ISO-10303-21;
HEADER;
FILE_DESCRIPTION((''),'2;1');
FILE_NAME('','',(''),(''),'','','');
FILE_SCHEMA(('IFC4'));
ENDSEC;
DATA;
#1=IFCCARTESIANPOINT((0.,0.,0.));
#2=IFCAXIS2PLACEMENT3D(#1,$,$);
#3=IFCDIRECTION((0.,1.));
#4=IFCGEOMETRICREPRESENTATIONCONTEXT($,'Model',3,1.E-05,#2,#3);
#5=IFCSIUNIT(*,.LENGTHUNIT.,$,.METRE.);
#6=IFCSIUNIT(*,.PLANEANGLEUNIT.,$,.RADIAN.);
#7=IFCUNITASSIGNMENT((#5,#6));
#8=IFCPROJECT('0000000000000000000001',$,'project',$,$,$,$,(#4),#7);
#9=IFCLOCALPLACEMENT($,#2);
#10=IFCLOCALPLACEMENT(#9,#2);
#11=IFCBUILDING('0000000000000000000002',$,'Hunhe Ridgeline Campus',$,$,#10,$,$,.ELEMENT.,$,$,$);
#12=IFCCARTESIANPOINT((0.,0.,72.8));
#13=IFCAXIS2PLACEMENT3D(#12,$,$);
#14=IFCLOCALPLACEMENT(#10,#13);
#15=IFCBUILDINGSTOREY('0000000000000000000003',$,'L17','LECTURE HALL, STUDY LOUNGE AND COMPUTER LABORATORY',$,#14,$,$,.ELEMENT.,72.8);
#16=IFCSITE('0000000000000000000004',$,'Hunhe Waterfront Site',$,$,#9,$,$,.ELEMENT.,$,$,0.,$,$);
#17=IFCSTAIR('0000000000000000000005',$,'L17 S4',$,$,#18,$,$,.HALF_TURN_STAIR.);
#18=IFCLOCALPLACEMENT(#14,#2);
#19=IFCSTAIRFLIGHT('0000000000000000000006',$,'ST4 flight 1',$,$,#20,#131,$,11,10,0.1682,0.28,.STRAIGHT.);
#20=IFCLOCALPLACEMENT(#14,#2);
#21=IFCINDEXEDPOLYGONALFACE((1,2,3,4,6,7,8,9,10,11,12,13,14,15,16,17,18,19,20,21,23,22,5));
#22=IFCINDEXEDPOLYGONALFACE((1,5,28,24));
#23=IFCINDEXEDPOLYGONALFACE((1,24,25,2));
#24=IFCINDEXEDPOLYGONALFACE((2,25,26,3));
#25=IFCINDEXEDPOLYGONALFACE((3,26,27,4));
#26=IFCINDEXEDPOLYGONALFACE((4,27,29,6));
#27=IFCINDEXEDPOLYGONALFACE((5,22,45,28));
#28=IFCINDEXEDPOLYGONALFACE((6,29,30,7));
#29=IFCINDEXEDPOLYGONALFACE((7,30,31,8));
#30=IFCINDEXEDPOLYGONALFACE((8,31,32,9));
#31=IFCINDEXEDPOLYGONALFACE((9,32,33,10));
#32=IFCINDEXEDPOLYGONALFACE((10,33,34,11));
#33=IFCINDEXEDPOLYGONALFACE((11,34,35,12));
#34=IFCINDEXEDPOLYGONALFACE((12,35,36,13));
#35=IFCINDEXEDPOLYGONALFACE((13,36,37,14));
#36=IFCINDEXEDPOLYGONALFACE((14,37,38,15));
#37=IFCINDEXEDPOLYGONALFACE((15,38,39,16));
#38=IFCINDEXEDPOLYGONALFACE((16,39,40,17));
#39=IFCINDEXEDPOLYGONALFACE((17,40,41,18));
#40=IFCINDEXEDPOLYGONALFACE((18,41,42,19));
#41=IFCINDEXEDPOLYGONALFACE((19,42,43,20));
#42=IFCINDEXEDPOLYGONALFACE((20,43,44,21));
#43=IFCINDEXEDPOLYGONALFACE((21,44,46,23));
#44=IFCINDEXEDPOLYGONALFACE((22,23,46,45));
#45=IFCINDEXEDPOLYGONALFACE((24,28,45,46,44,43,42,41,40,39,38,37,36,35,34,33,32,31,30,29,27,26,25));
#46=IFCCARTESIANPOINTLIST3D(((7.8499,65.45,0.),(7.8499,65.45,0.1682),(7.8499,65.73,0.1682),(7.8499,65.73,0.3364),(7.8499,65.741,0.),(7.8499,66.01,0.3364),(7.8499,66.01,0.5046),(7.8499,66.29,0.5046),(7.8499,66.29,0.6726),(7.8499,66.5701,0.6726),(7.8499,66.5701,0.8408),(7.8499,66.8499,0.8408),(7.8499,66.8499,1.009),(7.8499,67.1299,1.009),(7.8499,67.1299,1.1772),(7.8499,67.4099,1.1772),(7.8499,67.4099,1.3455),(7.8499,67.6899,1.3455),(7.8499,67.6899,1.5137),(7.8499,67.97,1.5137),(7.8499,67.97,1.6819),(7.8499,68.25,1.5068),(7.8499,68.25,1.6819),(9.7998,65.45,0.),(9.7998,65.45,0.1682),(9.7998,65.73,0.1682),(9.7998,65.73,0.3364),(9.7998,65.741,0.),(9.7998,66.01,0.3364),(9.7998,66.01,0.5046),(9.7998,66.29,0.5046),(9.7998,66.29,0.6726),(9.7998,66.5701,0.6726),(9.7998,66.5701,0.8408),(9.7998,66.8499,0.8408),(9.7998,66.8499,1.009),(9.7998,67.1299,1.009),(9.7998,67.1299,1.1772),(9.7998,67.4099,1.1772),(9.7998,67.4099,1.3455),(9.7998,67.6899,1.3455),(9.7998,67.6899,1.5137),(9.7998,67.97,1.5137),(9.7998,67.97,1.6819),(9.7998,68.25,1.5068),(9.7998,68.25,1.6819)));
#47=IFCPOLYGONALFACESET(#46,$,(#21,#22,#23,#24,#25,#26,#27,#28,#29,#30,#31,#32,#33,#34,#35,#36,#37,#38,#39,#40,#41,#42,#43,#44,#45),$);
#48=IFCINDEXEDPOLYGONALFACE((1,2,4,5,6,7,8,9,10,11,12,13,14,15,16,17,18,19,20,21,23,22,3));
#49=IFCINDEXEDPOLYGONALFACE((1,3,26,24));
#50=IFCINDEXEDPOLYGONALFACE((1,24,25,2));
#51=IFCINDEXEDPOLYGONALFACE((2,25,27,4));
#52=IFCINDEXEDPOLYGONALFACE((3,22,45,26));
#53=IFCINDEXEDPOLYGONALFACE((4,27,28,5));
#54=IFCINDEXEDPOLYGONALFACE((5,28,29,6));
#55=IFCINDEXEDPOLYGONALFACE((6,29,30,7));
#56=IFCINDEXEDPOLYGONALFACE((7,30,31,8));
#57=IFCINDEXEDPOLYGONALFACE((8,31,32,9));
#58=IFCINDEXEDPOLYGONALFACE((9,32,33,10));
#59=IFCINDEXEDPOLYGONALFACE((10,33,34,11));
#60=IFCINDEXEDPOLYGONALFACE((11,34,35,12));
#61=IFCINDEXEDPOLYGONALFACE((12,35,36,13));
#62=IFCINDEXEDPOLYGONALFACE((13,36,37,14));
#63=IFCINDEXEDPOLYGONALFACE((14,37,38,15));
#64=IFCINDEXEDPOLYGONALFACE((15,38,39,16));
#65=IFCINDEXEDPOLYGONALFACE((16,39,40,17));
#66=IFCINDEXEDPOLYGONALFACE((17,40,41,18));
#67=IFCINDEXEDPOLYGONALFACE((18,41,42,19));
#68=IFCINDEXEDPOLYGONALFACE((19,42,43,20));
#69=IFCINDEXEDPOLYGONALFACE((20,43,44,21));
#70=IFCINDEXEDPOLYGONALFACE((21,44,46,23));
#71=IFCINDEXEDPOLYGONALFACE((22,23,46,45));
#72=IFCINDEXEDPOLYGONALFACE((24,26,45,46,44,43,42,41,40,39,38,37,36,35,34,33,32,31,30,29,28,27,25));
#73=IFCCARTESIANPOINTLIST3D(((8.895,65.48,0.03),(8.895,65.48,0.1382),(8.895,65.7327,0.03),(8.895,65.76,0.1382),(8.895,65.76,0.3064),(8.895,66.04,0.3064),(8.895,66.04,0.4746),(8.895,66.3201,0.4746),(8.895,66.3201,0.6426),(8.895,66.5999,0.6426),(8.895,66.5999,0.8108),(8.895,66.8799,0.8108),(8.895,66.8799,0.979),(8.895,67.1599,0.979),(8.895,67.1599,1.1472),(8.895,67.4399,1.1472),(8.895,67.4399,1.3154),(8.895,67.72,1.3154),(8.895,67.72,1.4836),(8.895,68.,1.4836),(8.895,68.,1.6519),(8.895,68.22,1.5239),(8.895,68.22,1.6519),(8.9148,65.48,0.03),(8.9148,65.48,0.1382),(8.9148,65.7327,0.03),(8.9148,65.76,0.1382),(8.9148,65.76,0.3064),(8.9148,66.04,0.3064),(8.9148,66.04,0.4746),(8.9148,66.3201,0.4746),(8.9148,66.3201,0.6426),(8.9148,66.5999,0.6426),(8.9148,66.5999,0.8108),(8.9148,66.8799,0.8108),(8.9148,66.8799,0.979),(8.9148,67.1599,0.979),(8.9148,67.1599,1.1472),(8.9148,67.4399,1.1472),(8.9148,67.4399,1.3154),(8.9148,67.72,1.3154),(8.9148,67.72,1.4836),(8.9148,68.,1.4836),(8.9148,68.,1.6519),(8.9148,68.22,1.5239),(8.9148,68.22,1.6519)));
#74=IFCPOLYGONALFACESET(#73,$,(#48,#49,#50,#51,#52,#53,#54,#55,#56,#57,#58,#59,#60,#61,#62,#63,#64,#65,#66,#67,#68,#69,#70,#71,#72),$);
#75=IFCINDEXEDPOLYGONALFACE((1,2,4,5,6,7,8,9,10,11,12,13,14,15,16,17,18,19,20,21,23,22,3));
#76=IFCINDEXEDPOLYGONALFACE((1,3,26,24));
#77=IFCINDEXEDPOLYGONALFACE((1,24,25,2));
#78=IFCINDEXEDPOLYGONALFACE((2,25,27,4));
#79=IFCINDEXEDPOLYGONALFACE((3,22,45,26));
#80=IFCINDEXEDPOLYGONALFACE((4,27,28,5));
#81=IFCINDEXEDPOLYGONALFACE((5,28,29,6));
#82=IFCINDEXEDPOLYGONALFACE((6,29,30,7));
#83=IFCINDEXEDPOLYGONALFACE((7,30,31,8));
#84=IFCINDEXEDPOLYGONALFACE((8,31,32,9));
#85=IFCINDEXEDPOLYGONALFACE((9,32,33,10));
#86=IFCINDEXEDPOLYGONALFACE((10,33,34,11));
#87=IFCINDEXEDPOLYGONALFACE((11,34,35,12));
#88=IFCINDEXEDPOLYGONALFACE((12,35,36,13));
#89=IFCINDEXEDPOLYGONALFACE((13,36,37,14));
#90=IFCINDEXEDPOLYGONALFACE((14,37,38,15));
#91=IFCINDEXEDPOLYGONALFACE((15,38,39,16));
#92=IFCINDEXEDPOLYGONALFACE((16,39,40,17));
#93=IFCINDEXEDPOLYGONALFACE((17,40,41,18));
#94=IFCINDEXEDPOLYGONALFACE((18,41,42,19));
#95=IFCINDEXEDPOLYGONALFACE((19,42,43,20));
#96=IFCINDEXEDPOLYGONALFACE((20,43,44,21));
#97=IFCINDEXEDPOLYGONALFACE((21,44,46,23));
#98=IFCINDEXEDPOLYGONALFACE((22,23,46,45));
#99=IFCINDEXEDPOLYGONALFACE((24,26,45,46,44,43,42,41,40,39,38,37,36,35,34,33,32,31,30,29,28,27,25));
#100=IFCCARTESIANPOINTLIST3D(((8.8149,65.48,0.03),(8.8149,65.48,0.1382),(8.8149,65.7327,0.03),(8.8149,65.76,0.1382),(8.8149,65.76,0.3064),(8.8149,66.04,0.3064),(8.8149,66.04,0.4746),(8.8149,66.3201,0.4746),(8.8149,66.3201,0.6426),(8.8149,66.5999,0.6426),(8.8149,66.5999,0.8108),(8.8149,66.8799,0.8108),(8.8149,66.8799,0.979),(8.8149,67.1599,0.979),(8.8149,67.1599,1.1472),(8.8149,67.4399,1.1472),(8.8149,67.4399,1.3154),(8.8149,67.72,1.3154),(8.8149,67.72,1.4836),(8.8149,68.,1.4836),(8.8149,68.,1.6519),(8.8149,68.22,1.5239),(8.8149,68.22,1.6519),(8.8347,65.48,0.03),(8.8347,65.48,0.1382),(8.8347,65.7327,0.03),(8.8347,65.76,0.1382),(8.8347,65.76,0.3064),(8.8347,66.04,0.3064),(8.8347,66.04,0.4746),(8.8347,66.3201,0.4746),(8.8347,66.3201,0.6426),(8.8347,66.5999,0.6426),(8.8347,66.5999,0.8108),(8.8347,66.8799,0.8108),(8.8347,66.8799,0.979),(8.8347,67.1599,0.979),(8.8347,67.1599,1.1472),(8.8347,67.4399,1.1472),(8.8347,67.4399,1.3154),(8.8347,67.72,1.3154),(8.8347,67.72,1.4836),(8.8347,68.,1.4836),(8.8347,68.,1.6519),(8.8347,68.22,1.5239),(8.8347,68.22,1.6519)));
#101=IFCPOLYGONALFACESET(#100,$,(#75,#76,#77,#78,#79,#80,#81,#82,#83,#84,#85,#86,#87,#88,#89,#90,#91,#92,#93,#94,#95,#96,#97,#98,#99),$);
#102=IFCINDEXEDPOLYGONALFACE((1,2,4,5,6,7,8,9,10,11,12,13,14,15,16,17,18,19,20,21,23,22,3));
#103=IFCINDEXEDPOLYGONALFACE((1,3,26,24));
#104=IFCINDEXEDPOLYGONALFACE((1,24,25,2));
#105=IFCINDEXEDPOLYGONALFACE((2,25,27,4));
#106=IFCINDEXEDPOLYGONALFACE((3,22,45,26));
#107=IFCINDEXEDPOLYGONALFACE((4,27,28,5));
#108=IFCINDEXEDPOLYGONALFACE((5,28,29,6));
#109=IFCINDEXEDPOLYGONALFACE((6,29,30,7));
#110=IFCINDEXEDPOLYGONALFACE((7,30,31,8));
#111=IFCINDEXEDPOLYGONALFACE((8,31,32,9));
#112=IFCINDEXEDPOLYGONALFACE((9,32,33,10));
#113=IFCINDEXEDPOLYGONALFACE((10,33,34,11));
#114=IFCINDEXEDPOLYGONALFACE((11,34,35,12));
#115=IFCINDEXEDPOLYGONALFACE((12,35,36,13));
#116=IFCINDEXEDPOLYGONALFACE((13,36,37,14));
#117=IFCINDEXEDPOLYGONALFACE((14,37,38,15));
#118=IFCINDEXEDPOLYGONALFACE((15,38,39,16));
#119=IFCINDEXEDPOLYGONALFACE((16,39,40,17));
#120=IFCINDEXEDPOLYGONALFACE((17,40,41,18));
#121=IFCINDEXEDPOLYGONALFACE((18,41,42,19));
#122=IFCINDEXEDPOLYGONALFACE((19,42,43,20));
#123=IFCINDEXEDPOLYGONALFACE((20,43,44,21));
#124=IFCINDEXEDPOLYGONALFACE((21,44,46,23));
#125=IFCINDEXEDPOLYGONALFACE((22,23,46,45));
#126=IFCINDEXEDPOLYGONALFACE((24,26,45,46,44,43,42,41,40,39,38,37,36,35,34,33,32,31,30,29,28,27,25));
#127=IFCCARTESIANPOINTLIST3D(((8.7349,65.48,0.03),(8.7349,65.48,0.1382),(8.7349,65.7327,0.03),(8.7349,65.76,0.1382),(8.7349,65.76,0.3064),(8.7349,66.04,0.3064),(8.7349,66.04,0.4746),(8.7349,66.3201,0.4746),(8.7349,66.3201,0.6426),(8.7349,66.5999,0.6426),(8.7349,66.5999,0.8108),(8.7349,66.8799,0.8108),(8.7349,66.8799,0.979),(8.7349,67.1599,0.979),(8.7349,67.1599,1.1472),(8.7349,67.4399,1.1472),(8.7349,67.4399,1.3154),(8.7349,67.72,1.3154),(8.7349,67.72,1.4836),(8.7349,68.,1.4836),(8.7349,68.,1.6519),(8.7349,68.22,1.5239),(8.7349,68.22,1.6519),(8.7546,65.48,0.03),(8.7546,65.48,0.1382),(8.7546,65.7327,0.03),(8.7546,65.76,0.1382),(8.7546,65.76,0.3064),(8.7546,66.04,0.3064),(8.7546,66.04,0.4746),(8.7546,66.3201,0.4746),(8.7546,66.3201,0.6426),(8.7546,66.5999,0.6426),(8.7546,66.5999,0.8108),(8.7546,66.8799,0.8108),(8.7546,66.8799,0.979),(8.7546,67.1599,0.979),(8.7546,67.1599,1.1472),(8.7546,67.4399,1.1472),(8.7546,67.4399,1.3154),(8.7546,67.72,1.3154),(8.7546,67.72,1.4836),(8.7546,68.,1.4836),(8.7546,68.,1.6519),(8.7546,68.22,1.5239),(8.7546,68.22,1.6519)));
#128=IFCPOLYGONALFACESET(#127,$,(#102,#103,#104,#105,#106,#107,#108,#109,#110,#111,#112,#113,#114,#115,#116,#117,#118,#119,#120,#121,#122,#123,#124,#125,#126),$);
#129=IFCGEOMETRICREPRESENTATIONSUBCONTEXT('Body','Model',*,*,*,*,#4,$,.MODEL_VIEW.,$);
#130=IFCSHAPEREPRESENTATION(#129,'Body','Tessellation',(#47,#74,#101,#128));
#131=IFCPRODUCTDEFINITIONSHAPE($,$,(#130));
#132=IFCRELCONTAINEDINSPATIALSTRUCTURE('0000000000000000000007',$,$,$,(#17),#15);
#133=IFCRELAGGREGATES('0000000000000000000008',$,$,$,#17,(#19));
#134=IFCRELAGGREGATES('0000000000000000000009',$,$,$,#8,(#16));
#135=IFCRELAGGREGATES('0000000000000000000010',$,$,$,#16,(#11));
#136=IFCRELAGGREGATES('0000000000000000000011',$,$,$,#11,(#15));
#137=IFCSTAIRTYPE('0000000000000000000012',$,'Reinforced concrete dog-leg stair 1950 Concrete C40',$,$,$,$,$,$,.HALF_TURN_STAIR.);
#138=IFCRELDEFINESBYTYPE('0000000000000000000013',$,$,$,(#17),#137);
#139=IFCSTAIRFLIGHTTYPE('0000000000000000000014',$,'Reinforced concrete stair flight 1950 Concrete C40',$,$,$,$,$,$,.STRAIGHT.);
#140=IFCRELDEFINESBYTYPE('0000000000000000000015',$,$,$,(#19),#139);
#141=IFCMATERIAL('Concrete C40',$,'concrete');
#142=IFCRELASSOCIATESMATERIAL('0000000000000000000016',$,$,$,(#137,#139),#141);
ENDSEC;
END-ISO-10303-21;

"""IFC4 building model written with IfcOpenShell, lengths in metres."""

from ifc_helpers import new_model, si_unit, direction, frame, origin, place, context, subcontext, project, spatial, polyline, outline, extrude, material, type_object, element, aggregate, save


model = new_model("IFC4")

# Units and contexts
model_context = context("Model", 3, precision=1e-05, world=origin(), true_north=direction((0.0, 1.0)))
body_context = subcontext(model_context, "Body", "Model", "MODEL_VIEW")
ifc_project = project(units=[si_unit("LENGTHUNIT", "METRE"), si_unit("PLANEANGLEUNIT", "RADIAN")], contexts=[model_context])

# Site, building, storey
site_placement = place(None, origin())
site = spatial("IfcSite", under=ifc_project, at=site_placement, Name="Hunhe Waterfront Site", CompositionType="ELEMENT", RefElevation=0.0)
building_placement = place(site_placement, origin())
building = spatial("IfcBuilding", under=site, at=building_placement, Name="Hunhe Ridgeline Campus", CompositionType="ELEMENT")
storey_placement = place(building_placement, frame((0.0, 0.0, 72.8)))
storey = spatial("IfcBuildingStorey", under=building, at=storey_placement, Name="L17", Description="LECTURE HALL, STUDY LOUNGE AND COMPUTER LABORATORY", CompositionType="ELEMENT", Elevation=72.8)

# Shared definitions
ifc_material_1 = material(Name="Concrete C40", Category="concrete")
stair_type = type_object("IfcStairType", Name="Reinforced concrete dog-leg stair 1950 Concrete C40", PredefinedType="HALF_TURN_STAIR", material=ifc_material_1)
stair_flight_type = type_object("IfcStairFlightType", Name="Reinforced concrete stair flight 1950 Concrete C40", PredefinedType="STRAIGHT", material=ifc_material_1)

# Stair, stair flight
stair_1_placement = place(storey_placement, origin())
stair_1 = element("IfcStair", 1, at=stair_1_placement, inside=storey, type_object=stair_type, Name="L17 S4", PredefinedType="HALF_TURN_STAIR")
stair_flight_1_placement = place(storey_placement, frame((8.825, 65.45, 0.0), z_axis=(0.0, 0.0, 1.0), x_axis=(0.0, 1.0, 0.0)))
stair_flight_1 = element("IfcStairFlight", 2, at=stair_flight_1_placement, type_object=stair_flight_type, Name="ST4 flight 1", NumberOfRisers=11, NumberOfTreads=10, PredefinedType="STRAIGHT", RiserHeight=0.1682, TreadLength=0.28, context=body_context, shape_type="SweptSolid", body=[
    extrude(outline(polyline([(0.0, 0.0), (0.0, 0.1682), (0.28, 0.1682), (0.28, 0.3364), (0.5601, 0.3364), (0.5601, 0.5046), (0.8401, 0.5046), (0.8401, 0.6726), (1.1201, 0.6726), (1.1201, 0.8408), (1.3999, 0.8408), (1.3999, 1.009), (1.6799, 1.009), (1.6799, 1.1772), (1.96, 1.1772), (1.96, 1.3455), (2.24, 1.3455), (2.24, 1.5137), (2.52, 1.5137), (2.52, 1.6819), (2.8, 1.6819), (2.8, 1.8501), (2.8, 1.5068), (0.291, 0.0), (0.0, 0.0)])), frame((0.0, 0.9751, 0.0), z_axis=(0.0, -1.0, 0.0), x_axis=(1.0, 0.0, 0.0)), (0.0, 0.0, 1.0), 1.95),
    extrude(outline(polyline([(0.03, 0.03), (0.03, 0.1382), (0.3101, 0.1382), (0.3101, 0.3064), (0.5901, 0.3064), (0.5901, 0.4746), (0.8701, 0.4746), (0.8701, 0.6426), (1.1499, 0.6426), (1.1499, 0.8108), (1.4299, 0.8108), (1.4299, 0.979), (1.71, 0.979), (1.71, 1.1472), (1.99, 1.1472), (1.99, 1.3154), (2.27, 1.3154), (2.27, 1.4836), (2.55, 1.4836), (2.55, 1.6519), (2.77, 1.6519), (2.77, 1.5239), (0.2827, 0.03), (0.03, 0.03)])), frame((0.0, -0.0701, 0.0), z_axis=(0.0, -1.0, 0.0), x_axis=(1.0, 0.0, 0.0)), (0.0, 0.0, 1.0), 0.0198),
    extrude(outline(polyline([(0.03, 0.03), (0.03, 0.1382), (0.3101, 0.1382), (0.3101, 0.3064), (0.5901, 0.3064), (0.5901, 0.4746), (0.8701, 0.4746), (0.8701, 0.6426), (1.1499, 0.6426), (1.1499, 0.8108), (1.4299, 0.8108), (1.4299, 0.979), (1.71, 0.979), (1.71, 1.1472), (1.99, 1.1472), (1.99, 1.3154), (2.27, 1.3154), (2.27, 1.4836), (2.55, 1.4836), (2.55, 1.6519), (2.77, 1.6519), (2.77, 1.5239), (0.2827, 0.03), (0.03, 0.03)])), frame((0.0, 0.01, 0.0), z_axis=(0.0, -1.0, 0.0), x_axis=(1.0, 0.0, 0.0)), (0.0, 0.0, 1.0), 0.0198),
    extrude(outline(polyline([(0.03, 0.03), (0.03, 0.1382), (0.3101, 0.1382), (0.3101, 0.3064), (0.5901, 0.3064), (0.5901, 0.4746), (0.8701, 0.4746), (0.8701, 0.6426), (1.1499, 0.6426), (1.1499, 0.8108), (1.4299, 0.8108), (1.4299, 0.979), (1.71, 0.979), (1.71, 1.1472), (1.99, 1.1472), (1.99, 1.3154), (2.27, 1.3154), (2.27, 1.4836), (2.55, 1.4836), (2.55, 1.6519), (2.77, 1.6519), (2.77, 1.5239), (0.2827, 0.03), (0.03, 0.03)])), frame((0.0, 0.0901, 0.0), z_axis=(0.0, -1.0, 0.0), x_axis=(1.0, 0.0, 0.0)), (0.0, 0.0, 1.0), 0.0198),
])
aggregate(stair_1, [stair_flight_1])

save(model, "model.ifc")
